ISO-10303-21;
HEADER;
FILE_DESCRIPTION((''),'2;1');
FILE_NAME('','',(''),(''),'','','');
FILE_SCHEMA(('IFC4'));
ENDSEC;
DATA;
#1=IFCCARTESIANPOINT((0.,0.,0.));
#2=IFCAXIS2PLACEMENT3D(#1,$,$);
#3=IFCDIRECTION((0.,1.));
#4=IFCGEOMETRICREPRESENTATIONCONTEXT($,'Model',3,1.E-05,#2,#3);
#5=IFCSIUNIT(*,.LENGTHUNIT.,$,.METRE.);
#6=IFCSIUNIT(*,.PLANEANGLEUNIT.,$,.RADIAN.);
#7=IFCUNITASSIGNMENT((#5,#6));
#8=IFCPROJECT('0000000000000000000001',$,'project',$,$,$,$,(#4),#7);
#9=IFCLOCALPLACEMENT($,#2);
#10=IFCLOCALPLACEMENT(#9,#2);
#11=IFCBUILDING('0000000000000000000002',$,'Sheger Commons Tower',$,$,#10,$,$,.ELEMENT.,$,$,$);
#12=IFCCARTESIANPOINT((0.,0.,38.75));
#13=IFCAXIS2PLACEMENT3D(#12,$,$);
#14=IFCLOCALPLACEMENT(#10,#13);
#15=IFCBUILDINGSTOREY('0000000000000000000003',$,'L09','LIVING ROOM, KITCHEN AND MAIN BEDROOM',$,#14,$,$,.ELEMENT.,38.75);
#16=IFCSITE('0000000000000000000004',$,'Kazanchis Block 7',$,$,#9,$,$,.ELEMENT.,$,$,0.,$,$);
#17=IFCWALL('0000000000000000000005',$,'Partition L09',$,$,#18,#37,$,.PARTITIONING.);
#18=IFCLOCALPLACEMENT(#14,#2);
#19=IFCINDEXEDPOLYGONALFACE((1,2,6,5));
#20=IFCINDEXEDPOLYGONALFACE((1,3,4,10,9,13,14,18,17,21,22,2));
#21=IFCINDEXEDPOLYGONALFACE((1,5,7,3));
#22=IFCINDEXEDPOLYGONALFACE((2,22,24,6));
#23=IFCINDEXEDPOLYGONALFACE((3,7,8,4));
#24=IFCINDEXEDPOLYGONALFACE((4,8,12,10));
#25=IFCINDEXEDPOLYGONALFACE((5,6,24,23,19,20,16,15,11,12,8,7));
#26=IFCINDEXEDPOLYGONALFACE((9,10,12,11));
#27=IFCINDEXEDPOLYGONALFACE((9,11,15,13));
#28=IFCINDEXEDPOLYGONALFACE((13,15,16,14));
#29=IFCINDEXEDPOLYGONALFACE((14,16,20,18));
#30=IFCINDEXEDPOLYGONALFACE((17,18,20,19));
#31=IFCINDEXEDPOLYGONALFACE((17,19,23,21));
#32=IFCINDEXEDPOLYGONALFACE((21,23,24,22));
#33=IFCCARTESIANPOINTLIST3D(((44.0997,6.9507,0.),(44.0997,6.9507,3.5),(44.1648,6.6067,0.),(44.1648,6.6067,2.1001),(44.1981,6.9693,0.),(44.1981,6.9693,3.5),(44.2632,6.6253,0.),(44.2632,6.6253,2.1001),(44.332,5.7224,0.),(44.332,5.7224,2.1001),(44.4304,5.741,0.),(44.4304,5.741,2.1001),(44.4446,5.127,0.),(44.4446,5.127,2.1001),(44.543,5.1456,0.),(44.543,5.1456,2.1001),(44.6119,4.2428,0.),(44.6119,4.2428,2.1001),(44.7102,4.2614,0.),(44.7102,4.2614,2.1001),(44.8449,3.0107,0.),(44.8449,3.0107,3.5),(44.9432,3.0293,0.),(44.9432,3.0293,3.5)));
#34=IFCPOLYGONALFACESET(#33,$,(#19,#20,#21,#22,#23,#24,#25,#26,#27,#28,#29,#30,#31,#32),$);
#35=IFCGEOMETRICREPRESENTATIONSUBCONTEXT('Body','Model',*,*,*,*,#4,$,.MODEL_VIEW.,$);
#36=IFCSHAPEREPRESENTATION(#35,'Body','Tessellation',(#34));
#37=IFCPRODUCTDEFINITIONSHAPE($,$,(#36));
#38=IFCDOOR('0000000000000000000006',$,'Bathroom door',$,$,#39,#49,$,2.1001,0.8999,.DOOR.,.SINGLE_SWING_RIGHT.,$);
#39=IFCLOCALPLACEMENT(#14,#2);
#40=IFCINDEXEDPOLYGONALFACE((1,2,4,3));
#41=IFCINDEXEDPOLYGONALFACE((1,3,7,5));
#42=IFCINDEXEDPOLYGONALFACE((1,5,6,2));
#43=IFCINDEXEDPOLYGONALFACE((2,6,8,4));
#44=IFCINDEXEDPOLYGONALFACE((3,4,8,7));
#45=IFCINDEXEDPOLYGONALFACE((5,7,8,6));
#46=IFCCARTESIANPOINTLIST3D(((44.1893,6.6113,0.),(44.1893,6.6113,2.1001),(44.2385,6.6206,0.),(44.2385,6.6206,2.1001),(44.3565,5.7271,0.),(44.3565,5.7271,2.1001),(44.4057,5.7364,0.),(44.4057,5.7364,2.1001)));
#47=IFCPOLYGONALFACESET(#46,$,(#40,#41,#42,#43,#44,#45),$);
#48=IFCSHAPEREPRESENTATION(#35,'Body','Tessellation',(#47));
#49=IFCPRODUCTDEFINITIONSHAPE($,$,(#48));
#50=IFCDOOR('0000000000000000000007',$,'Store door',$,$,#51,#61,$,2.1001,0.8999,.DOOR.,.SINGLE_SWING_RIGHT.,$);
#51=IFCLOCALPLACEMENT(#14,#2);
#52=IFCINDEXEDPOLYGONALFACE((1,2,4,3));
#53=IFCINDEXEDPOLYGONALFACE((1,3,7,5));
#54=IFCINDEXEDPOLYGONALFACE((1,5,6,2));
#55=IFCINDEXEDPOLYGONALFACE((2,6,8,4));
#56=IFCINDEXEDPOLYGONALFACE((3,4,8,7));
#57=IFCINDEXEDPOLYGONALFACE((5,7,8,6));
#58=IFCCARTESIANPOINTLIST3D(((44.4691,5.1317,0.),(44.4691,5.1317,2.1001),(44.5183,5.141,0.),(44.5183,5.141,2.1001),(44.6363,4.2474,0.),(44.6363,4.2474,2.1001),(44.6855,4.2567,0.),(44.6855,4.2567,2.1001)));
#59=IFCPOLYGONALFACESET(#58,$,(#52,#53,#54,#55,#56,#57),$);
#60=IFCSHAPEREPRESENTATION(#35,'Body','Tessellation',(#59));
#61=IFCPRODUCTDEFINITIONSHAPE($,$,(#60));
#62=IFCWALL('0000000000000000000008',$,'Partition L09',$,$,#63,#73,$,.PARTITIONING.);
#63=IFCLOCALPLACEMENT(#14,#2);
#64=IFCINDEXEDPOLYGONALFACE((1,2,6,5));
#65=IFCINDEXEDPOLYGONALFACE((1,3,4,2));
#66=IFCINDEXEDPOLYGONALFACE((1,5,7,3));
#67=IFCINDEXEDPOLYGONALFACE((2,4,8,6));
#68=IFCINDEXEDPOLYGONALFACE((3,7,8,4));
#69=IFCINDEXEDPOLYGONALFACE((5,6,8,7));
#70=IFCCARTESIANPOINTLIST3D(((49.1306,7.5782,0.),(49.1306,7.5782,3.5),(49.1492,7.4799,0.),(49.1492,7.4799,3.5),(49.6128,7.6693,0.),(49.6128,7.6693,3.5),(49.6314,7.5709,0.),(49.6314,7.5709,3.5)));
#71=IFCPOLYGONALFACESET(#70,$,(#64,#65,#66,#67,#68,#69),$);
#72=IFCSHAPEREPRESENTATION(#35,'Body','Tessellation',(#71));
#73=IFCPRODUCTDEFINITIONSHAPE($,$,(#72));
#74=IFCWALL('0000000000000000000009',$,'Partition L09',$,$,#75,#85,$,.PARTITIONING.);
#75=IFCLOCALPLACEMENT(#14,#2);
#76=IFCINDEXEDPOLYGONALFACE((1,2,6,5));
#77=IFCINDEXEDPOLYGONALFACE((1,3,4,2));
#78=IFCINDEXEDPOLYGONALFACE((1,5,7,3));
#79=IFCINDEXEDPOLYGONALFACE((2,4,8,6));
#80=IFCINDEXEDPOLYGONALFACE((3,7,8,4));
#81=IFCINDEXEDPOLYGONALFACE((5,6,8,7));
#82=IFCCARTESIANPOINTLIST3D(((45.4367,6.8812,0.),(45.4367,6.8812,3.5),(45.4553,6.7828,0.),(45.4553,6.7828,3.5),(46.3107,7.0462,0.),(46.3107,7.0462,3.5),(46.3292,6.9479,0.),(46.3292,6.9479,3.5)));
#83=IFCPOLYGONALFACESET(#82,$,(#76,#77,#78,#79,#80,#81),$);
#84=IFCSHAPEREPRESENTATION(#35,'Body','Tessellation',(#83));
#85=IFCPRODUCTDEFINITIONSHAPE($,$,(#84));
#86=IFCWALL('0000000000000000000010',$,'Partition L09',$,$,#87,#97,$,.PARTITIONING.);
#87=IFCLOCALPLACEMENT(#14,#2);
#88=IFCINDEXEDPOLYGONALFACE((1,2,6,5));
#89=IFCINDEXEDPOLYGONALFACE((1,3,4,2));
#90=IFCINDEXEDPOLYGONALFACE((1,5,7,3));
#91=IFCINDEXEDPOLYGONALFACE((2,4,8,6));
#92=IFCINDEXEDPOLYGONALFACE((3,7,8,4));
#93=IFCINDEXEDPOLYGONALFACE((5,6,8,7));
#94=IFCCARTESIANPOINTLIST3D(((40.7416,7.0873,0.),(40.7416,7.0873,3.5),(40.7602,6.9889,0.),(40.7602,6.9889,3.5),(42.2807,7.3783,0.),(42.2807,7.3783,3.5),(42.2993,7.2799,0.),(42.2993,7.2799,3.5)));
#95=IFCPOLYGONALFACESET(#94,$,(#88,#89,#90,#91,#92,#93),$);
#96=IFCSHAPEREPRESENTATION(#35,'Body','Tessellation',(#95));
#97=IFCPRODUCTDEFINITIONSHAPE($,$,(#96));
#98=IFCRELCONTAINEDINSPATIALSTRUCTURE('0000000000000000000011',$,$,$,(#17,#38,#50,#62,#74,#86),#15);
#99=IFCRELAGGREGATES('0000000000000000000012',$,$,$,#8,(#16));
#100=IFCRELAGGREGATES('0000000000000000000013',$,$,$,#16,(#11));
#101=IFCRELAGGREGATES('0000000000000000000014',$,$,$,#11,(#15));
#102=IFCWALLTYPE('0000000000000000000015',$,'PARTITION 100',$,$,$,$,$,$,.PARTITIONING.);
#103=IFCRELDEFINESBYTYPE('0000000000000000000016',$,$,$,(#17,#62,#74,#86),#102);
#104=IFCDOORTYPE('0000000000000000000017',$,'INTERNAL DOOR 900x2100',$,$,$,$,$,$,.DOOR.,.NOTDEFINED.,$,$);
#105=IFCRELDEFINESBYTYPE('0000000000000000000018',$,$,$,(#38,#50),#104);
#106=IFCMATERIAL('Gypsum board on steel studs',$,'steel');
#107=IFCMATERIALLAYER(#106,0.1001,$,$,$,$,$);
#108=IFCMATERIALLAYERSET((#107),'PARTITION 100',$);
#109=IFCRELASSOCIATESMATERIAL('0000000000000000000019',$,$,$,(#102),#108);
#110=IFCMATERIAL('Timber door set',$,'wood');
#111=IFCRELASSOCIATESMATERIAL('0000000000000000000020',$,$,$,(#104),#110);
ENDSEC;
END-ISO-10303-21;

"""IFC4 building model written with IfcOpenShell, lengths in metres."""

from ifc_helpers import new_model, si_unit, direction, frame, frame_2d, origin, place, context, subcontext, project, spatial, rectangle, extrude, material, layer, layer_set, type_object, element, fill, save


model = new_model("IFC4")

# Units and contexts
model_context = context("Model", 3, precision=1e-05, world=origin(), true_north=direction((0.0, 1.0)))
body_context = subcontext(model_context, "Body", "Model", "MODEL_VIEW")
ifc_project = project(units=[si_unit("LENGTHUNIT", "METRE"), si_unit("PLANEANGLEUNIT", "RADIAN")], contexts=[model_context])

# Site, building, storey
site_placement = place(None, origin())
site = spatial("IfcSite", under=ifc_project, at=site_placement, Name="Kazanchis Block 7", CompositionType="ELEMENT", RefElevation=0.0)
building_placement = place(site_placement, origin())
building = spatial("IfcBuilding", under=site, at=building_placement, Name="Sheger Commons Tower", CompositionType="ELEMENT")
storey_placement = place(building_placement, frame((0.0, 0.0, 38.75)))
storey = spatial("IfcBuildingStorey", under=building, at=storey_placement, Name="L09", Description="LIVING ROOM, KITCHEN AND MAIN BEDROOM", CompositionType="ELEMENT", Elevation=38.75)

# Shared definitions
ifc_material_1 = material(Name="Gypsum board on steel studs", Category="steel")
ifc_layer_1 = layer(ifc_material_1, 0.1001)
ifc_layer_set_1 = layer_set([ifc_layer_1], Name="PARTITION 100")
wall_type_1 = type_object("IfcWallType", Name="PARTITION 100", PredefinedType="PARTITIONING", material=ifc_layer_set_1)
ifc_material_2 = material(Name="Timber door set", Category="wood")
door_type_1 = type_object("IfcDoorType", Name="INTERNAL DOOR 900x2100", OperationType="NOTDEFINED", PredefinedType="DOOR", material=ifc_material_2)

# Wall, openings, doors
wall_1_placement = place(storey_placement, frame((44.1489, 6.96, 0.0), z_axis=(0.0, 0.0, 1.0), x_axis=(0.185825, -0.982583, 0.0)))
wall_1 = element("IfcWall", 1, at=wall_1_placement, inside=storey, type_object=wall_type_1, Name="Partition L09", PredefinedType="PARTITIONING", context=body_context, shape_type="SweptSolid", body=[
    extrude(rectangle(XDim=4.0098, YDim=0.1001, at=frame_2d((2.0049, 0.0))), origin(), (0.0, 0.0, 1.0), 3.5),
])
opening_1_placement = place(wall_1_placement, frame((0.3501, 0.0, 0.0)))
opening_1 = element("IfcOpeningElement", 2, at=opening_1_placement, cuts=wall_1, PredefinedType="OPENING", context=body_context, shape_type="SweptSolid", body=[
    extrude(rectangle(XDim=0.8999, YDim=2.1001, at=frame_2d((0.45, 1.05))), frame((0.0, 0.0601, 0.0), z_axis=(0.0, -1.0, 0.0), x_axis=(1.0, 0.0, 0.0)), (0.0, 0.0, 1.0), 0.1201),
])
opening_2_placement = place(wall_1_placement, frame((1.856, 0.0, 0.0)))
opening_2 = element("IfcOpeningElement", 3, at=opening_2_placement, cuts=wall_1, PredefinedType="OPENING", context=body_context, shape_type="SweptSolid", body=[
    extrude(rectangle(XDim=0.8999, YDim=2.1001, at=frame_2d((0.45, 1.05))), frame((0.0, 0.0601, 0.0), z_axis=(0.0, -1.0, 0.0), x_axis=(1.0, 0.0, 0.0)), (0.0, 0.0, 1.0), 0.1201),
])
door_1_placement = place(opening_1_placement, origin())
door_1 = element("IfcDoor", 4, at=door_1_placement, inside=storey, type_object=door_type_1, Name="Bathroom door", OperationType="SINGLE_SWING_RIGHT", OverallHeight=2.1001, OverallWidth=0.8999, PredefinedType="DOOR", context=body_context, shape_type="SweptSolid", body=[
    extrude(rectangle(XDim=0.8999, YDim=2.1001, at=frame_2d((0.45, 1.05))), frame((0.0, 0.0249, 0.0), z_axis=(0.0, -1.0, 0.0), x_axis=(1.0, 0.0, 0.0)), (0.0, 0.0, 1.0), 0.05),
])
fill(opening_1, door_1)
door_2_placement = place(opening_2_placement, origin())
door_2 = element("IfcDoor", 5, at=door_2_placement, inside=storey, type_object=door_type_1, Name="Store door", OperationType="SINGLE_SWING_RIGHT", OverallHeight=2.1001, OverallWidth=0.8999, PredefinedType="DOOR", context=body_context, shape_type="SweptSolid", body=[
    extrude(rectangle(XDim=0.8999, YDim=2.1001, at=frame_2d((0.45, 1.05))), frame((0.0, 0.0249, 0.0), z_axis=(0.0, -1.0, 0.0), x_axis=(1.0, 0.0, 0.0)), (0.0, 0.0, 1.0), 0.05),
])
fill(opening_2, door_2)

# Walls
wall_2_placement = place(storey_placement, frame((49.6221, 7.6201, 0.0), z_axis=(0.0, 0.0, 1.0), x_axis=(-0.982629, -0.18558, 0.0)))
element("IfcWall", 6, at=wall_2_placement, inside=storey, type_object=wall_type_1, Name="Partition L09", PredefinedType="PARTITIONING", context=body_context, shape_type="SweptSolid", body=[
    extrude(rectangle(XDim=0.4907, YDim=0.1001, at=frame_2d((0.2454, 0.0))), origin(), (0.0, 0.0, 1.0), 3.5),
])
wall_3_placement = place(storey_placement, frame((46.3201, 6.9971, 0.0), z_axis=(0.0, 0.0, 1.0), x_axis=(-0.982635, -0.185548, 0.0)))
element("IfcWall", 7, at=wall_3_placement, inside=storey, type_object=wall_type_1, Name="Partition L09", PredefinedType="PARTITIONING", context=body_context, shape_type="SweptSolid", body=[
    extrude(rectangle(XDim=0.8894, YDim=0.1001, at=frame_2d((0.4448, 0.0))), origin(), (0.0, 0.0, 1.0), 3.5),
])
wall_4_placement = place(storey_placement, frame((42.29, 7.3291, 0.0), z_axis=(0.0, 0.0, 1.0), x_axis=(-0.982589, -0.185794, 0.0)))
element("IfcWall", 8, at=wall_4_placement, inside=storey, type_object=wall_type_1, Name="Partition L09", PredefinedType="PARTITIONING", context=body_context, shape_type="SweptSolid", body=[
    extrude(rectangle(XDim=1.5664, YDim=0.1001, at=frame_2d((0.7832, 0.0))), origin(), (0.0, 0.0, 1.0), 3.5),
])

save(model, "model.ifc")
